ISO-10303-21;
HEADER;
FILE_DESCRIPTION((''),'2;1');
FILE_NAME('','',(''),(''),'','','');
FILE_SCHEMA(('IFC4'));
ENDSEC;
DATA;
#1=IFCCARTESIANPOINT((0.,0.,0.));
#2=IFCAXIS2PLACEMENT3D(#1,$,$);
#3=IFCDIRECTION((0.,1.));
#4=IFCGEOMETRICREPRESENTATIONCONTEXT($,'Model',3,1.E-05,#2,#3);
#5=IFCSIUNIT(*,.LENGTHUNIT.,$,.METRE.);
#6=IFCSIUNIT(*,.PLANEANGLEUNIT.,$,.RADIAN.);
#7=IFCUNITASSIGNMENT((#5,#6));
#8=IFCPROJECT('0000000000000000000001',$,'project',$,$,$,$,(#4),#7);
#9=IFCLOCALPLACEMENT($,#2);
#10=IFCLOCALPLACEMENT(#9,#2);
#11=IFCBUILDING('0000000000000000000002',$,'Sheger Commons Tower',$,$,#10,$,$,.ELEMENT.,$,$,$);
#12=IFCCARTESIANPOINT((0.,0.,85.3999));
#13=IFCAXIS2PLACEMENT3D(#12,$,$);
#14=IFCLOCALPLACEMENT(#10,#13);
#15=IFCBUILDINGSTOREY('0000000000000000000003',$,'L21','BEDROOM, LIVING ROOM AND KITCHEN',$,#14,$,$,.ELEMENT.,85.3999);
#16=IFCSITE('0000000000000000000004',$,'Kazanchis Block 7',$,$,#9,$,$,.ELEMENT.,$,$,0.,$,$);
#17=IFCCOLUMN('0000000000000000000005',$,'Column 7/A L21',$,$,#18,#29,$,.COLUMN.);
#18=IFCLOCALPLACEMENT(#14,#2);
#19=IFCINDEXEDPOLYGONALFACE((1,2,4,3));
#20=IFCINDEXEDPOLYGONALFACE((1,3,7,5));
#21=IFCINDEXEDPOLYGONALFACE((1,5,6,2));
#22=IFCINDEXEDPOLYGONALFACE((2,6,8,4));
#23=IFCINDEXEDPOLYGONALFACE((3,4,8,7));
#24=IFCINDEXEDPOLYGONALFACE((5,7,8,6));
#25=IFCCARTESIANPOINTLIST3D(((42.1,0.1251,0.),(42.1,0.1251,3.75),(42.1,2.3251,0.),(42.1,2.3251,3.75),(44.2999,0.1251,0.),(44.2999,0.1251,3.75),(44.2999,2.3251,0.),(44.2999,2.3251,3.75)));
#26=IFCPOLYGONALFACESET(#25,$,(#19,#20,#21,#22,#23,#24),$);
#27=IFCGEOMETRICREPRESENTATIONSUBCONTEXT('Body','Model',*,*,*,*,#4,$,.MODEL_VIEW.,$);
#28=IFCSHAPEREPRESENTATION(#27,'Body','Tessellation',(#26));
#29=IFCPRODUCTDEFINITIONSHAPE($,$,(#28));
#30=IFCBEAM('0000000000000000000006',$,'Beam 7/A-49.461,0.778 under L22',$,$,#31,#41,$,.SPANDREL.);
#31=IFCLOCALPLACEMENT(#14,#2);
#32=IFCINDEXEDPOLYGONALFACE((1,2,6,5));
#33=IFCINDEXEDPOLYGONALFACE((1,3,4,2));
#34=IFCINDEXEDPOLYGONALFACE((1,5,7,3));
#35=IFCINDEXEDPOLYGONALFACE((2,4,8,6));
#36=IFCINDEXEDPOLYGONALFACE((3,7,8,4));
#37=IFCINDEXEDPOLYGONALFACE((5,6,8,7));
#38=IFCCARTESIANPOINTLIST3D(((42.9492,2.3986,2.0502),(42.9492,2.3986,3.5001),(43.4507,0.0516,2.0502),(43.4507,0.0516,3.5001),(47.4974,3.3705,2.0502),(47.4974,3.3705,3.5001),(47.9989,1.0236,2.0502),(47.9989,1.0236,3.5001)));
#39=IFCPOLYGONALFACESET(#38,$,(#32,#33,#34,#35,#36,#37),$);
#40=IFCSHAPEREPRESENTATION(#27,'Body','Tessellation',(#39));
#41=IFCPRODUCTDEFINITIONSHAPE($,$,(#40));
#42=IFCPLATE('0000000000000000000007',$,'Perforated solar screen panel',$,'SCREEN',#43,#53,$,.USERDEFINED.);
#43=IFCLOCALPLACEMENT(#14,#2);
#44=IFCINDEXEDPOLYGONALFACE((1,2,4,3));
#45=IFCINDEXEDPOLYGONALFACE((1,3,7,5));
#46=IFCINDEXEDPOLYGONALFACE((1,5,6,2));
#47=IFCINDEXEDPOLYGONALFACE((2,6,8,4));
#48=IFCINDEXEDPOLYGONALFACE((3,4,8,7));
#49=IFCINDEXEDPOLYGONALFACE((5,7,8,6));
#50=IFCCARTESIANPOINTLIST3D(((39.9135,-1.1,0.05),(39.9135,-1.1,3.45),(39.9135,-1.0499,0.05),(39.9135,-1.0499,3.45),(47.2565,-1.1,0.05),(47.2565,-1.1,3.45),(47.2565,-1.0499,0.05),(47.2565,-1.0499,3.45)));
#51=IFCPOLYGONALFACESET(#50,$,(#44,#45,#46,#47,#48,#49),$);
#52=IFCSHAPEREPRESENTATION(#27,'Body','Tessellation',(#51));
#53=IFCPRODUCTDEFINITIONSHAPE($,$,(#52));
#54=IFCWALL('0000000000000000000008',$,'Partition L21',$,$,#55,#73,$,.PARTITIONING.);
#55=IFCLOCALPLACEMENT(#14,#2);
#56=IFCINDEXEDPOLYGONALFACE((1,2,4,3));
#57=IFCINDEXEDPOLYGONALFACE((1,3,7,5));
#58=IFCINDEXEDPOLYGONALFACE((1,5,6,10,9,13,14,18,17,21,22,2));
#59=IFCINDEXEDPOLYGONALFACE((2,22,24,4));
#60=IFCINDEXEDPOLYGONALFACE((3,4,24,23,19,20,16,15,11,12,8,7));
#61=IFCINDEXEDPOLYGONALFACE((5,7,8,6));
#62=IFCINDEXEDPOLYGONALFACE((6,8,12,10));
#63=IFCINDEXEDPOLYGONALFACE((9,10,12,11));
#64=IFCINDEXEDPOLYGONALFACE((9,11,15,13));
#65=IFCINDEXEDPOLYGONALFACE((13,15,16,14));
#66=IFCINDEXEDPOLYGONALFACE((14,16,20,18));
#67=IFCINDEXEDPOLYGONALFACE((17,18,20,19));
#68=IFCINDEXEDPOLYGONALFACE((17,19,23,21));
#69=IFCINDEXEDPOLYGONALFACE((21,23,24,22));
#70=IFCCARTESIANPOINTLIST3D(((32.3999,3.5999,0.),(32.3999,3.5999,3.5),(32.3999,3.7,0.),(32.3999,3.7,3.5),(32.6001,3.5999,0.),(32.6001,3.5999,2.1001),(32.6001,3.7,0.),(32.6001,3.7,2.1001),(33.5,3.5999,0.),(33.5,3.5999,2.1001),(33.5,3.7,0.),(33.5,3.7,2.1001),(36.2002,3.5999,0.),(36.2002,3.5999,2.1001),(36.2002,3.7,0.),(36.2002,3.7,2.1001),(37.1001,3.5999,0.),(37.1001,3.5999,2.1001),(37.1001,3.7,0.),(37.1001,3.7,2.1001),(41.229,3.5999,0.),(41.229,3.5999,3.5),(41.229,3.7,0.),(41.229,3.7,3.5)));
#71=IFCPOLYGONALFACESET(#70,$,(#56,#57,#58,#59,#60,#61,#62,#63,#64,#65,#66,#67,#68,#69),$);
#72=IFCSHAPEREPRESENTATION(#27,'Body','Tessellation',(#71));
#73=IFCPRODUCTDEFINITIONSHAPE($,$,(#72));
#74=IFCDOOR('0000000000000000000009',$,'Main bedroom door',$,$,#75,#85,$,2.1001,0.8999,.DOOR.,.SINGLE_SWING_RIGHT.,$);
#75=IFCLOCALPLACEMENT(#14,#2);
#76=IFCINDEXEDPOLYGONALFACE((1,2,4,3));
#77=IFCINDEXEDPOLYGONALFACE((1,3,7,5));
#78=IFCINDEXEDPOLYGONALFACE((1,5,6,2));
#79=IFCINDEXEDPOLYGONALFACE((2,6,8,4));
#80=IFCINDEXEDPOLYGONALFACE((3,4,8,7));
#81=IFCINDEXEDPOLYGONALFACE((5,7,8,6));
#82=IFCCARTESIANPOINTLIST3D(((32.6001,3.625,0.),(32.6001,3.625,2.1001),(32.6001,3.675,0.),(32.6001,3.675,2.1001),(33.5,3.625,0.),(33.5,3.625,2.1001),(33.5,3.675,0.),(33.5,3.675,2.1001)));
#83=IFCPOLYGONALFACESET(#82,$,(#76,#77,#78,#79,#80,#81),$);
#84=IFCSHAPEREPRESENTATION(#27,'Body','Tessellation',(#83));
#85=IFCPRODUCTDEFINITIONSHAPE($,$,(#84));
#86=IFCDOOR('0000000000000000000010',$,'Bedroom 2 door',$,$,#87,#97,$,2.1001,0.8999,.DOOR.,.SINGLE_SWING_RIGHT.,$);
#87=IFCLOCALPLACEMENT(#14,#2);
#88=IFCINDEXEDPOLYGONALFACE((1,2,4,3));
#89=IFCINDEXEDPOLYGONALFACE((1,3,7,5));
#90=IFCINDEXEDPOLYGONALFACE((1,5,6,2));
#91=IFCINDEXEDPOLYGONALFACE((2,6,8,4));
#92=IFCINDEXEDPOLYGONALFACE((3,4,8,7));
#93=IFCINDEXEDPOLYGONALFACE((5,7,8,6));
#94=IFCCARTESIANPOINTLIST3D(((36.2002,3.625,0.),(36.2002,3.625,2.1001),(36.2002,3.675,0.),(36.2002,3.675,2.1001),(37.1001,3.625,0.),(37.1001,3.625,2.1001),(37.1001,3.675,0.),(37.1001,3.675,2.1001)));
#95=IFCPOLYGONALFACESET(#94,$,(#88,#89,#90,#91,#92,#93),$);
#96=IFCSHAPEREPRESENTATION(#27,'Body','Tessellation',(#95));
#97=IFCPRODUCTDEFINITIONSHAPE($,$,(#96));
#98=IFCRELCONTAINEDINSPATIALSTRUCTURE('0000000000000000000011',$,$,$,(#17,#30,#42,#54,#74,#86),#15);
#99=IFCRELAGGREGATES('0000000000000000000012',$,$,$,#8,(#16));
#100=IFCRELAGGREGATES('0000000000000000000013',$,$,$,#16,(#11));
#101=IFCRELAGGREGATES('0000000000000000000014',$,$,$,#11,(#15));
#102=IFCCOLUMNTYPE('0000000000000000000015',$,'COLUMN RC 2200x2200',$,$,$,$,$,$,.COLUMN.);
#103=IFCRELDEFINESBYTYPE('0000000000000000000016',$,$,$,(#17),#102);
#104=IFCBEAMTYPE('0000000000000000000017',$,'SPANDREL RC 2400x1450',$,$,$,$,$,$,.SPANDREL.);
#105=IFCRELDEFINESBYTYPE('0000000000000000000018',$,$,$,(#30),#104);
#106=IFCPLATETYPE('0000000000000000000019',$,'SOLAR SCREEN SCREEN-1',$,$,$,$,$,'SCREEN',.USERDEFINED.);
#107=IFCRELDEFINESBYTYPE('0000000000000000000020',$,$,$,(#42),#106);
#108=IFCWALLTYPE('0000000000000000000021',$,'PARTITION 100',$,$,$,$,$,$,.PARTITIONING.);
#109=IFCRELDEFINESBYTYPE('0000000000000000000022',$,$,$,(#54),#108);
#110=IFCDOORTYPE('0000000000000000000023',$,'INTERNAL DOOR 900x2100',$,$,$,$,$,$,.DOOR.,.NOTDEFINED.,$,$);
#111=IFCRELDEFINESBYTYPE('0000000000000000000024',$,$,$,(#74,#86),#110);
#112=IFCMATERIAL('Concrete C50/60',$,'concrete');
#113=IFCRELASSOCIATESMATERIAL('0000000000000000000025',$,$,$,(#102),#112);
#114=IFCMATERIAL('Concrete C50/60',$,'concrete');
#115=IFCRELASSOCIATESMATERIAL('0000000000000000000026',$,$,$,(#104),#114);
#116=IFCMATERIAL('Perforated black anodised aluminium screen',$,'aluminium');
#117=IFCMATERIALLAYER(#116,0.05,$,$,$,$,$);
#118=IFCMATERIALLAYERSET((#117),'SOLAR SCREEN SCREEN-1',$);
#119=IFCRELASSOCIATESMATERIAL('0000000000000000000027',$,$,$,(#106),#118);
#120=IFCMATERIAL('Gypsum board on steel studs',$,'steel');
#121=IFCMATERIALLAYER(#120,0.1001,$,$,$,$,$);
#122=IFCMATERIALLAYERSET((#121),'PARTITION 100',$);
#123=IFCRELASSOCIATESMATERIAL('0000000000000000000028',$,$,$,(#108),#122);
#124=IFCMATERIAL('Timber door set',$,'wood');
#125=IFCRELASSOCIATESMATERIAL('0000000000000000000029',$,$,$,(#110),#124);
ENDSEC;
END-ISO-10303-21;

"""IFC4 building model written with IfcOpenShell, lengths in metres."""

from ifc_helpers import new_model, si_unit, direction, frame, frame_2d, origin, origin_2d, place, context, subcontext, project, spatial, rectangle, extrude, material, layer, layer_set, material_profile, profile_set, type_object, element, fill, save


model = new_model("IFC4")

# Units and contexts
model_context = context("Model", 3, precision=1e-05, world=origin(), true_north=direction((0.0, 1.0)))
body_context = subcontext(model_context, "Body", "Model", "MODEL_VIEW")
ifc_project = project(units=[si_unit("LENGTHUNIT", "METRE"), si_unit("PLANEANGLEUNIT", "RADIAN")], contexts=[model_context])

# Site, building, storey
site_placement = place(None, origin())
site = spatial("IfcSite", under=ifc_project, at=site_placement, Name="Kazanchis Block 7", CompositionType="ELEMENT", RefElevation=0.0)
building_placement = place(site_placement, origin())
building = spatial("IfcBuilding", under=site, at=building_placement, Name="Sheger Commons Tower", CompositionType="ELEMENT")
storey_placement = place(building_placement, frame((0.0, 0.0, 85.3999)))
storey = spatial("IfcBuildingStorey", under=building, at=storey_placement, Name="L21", Description="BEDROOM, LIVING ROOM AND KITCHEN", CompositionType="ELEMENT", Elevation=85.3999)

# Column
ifc_material_1 = material(Name="Concrete C50/60", Category="concrete")
ifc_material_profile_1 = material_profile(ifc_material_1, rectangle(XDim=2.2, YDim=2.2, at=origin_2d()), Name="RC 2200x2200")
ifc_profile_set_1 = profile_set([ifc_material_profile_1], Name="Concrete C50/60")
column_type = type_object("IfcColumnType", Name="COLUMN RC 2200x2200", PredefinedType="COLUMN", material=ifc_profile_set_1)
column_placement = place(storey_placement, frame((43.2, 1.2251, 0.0), z_axis=(0.0, 0.0, 1.0), x_axis=(1.0, 0.0, 0.0)))
element("IfcColumn", 1, at=column_placement, inside=storey, type_object=column_type, Name="Column 7/A L21", PredefinedType="COLUMN", context=body_context, shape_type="SweptSolid", body=[
    extrude(rectangle(XDim=2.2, YDim=2.2, at=origin_2d()), origin(), (0.0, 0.0, 1.0), 3.75),
])

# Beam
ifc_material_2 = material(Name="Concrete C50/60", Category="concrete")
ifc_material_profile_2 = material_profile(ifc_material_2, rectangle(XDim=2.3999, YDim=1.45, at=origin_2d()), Name="RC 2400x1450")
ifc_profile_set_2 = profile_set([ifc_material_profile_2], Name="Concrete C50/60")
beam_type = type_object("IfcBeamType", Name="SPANDREL RC 2400x1450", PredefinedType="SPANDREL", material=ifc_profile_set_2)
beam_placement = place(storey_placement, frame((43.2, 1.2251, 2.7751), z_axis=(0.97792, 0.208981, 0.0), x_axis=(-0.208981, 0.97792, 0.0)))
element("IfcBeam", 2, at=beam_placement, inside=storey, type_object=beam_type, Name="Beam 7/A-49.461,0.778 under L22", PredefinedType="SPANDREL", context=body_context, shape_type="SweptSolid", body=[
    extrude(rectangle(XDim=2.3999, YDim=1.45, at=origin_2d()), origin(), (0.0, 0.0, 1.0), 4.6509),
])

# Plate
ifc_material_3 = material(Name="Perforated black anodised aluminium screen", Category="aluminium")
ifc_layer_1 = layer(ifc_material_3, 0.05)
ifc_layer_set_1 = layer_set([ifc_layer_1], Name="SOLAR SCREEN SCREEN-1")
plate_type = type_object("IfcPlateType", Name="SOLAR SCREEN SCREEN-1", ElementType="SCREEN", PredefinedType="USERDEFINED", material=ifc_layer_set_1)
plate_placement = place(storey_placement, frame((43.585, -1.075, 0.05), z_axis=(0.0, 0.0, 1.0), x_axis=(1.0, 0.0, 0.0)))
element("IfcPlate", 3, at=plate_placement, inside=storey, type_object=plate_type, Name="Perforated solar screen panel", ObjectType="SCREEN", PredefinedType="USERDEFINED", context=body_context, shape_type="SweptSolid", body=[
    extrude(rectangle(XDim=7.343, YDim=0.05, at=origin_2d()), origin(), (0.0, 0.0, 1.0), 3.3999),
])

# Wall, openings, doors
ifc_material_4 = material(Name="Gypsum board on steel studs", Category="steel")
ifc_layer_2 = layer(ifc_material_4, 0.1001)
ifc_layer_set_2 = layer_set([ifc_layer_2], Name="PARTITION 100")
wall_type = type_object("IfcWallType", Name="PARTITION 100", PredefinedType="PARTITIONING", material=ifc_layer_set_2)
wall_1_placement = place(storey_placement, frame((41.229, 3.6499, 0.0), z_axis=(0.0, 0.0, 1.0), x_axis=(-1.0, 0.0, 0.0)))
wall_1 = element("IfcWall", 4, at=wall_1_placement, inside=storey, type_object=wall_type, Name="Partition L21", PredefinedType="PARTITIONING", context=body_context, shape_type="SweptSolid", body=[
    extrude(rectangle(XDim=8.8291, YDim=0.1001, at=frame_2d((4.4146, 0.0))), origin(), (0.0, 0.0, 1.0), 3.5),
])
opening_1_placement = place(wall_1_placement, frame((7.729, 0.0, 0.0)))
opening_1 = element("IfcOpeningElement", 5, at=opening_1_placement, cuts=wall_1, PredefinedType="OPENING", context=body_context, shape_type="SweptSolid", body=[
    extrude(rectangle(XDim=0.8999, YDim=2.1001, at=frame_2d((0.45, 1.05))), frame((0.0, 0.0601, 0.0), z_axis=(0.0, -1.0, 0.0), x_axis=(1.0, 0.0, 0.0)), (0.0, 0.0, 1.0), 0.1201),
])
opening_2_placement = place(wall_1_placement, frame((4.1289, 0.0, 0.0)))
opening_2 = element("IfcOpeningElement", 6, at=opening_2_placement, cuts=wall_1, PredefinedType="OPENING", context=body_context, shape_type="SweptSolid", body=[
    extrude(rectangle(XDim=0.8999, YDim=2.1001, at=frame_2d((0.45, 1.05))), frame((0.0, 0.0601, 0.0), z_axis=(0.0, -1.0, 0.0), x_axis=(1.0, 0.0, 0.0)), (0.0, 0.0, 1.0), 0.1201),
])
ifc_material_5 = material(Name="Timber door set", Category="wood")
door_type = type_object("IfcDoorType", Name="INTERNAL DOOR 900x2100", OperationType="NOTDEFINED", PredefinedType="DOOR", material=ifc_material_5)
door_1_placement = place(opening_1_placement, origin())
door_1 = element("IfcDoor", 7, at=door_1_placement, inside=storey, type_object=door_type, Name="Main bedroom door", OperationType="SINGLE_SWING_RIGHT", OverallHeight=2.1001, OverallWidth=0.8999, PredefinedType="DOOR", context=body_context, shape_type="SweptSolid", body=[
    extrude(rectangle(XDim=0.8999, YDim=2.1001, at=frame_2d((0.45, 1.05))), frame((0.0, 0.0249, 0.0), z_axis=(0.0, -1.0, 0.0), x_axis=(1.0, 0.0, 0.0)), (0.0, 0.0, 1.0), 0.05),
])
fill(opening_1, door_1)
door_2_placement = place(opening_2_placement, origin())
door_2 = element("IfcDoor", 8, at=door_2_placement, inside=storey, type_object=door_type, Name="Bedroom 2 door", OperationType="SINGLE_SWING_RIGHT", OverallHeight=2.1001, OverallWidth=0.8999, PredefinedType="DOOR", context=body_context, shape_type="SweptSolid", body=[
    extrude(rectangle(XDim=0.8999, YDim=2.1001, at=frame_2d((0.45, 1.05))), frame((0.0, 0.0249, 0.0), z_axis=(0.0, -1.0, 0.0), x_axis=(1.0, 0.0, 0.0)), (0.0, 0.0, 1.0), 0.05),
])
fill(opening_2, door_2)

save(model, "model.ifc")
